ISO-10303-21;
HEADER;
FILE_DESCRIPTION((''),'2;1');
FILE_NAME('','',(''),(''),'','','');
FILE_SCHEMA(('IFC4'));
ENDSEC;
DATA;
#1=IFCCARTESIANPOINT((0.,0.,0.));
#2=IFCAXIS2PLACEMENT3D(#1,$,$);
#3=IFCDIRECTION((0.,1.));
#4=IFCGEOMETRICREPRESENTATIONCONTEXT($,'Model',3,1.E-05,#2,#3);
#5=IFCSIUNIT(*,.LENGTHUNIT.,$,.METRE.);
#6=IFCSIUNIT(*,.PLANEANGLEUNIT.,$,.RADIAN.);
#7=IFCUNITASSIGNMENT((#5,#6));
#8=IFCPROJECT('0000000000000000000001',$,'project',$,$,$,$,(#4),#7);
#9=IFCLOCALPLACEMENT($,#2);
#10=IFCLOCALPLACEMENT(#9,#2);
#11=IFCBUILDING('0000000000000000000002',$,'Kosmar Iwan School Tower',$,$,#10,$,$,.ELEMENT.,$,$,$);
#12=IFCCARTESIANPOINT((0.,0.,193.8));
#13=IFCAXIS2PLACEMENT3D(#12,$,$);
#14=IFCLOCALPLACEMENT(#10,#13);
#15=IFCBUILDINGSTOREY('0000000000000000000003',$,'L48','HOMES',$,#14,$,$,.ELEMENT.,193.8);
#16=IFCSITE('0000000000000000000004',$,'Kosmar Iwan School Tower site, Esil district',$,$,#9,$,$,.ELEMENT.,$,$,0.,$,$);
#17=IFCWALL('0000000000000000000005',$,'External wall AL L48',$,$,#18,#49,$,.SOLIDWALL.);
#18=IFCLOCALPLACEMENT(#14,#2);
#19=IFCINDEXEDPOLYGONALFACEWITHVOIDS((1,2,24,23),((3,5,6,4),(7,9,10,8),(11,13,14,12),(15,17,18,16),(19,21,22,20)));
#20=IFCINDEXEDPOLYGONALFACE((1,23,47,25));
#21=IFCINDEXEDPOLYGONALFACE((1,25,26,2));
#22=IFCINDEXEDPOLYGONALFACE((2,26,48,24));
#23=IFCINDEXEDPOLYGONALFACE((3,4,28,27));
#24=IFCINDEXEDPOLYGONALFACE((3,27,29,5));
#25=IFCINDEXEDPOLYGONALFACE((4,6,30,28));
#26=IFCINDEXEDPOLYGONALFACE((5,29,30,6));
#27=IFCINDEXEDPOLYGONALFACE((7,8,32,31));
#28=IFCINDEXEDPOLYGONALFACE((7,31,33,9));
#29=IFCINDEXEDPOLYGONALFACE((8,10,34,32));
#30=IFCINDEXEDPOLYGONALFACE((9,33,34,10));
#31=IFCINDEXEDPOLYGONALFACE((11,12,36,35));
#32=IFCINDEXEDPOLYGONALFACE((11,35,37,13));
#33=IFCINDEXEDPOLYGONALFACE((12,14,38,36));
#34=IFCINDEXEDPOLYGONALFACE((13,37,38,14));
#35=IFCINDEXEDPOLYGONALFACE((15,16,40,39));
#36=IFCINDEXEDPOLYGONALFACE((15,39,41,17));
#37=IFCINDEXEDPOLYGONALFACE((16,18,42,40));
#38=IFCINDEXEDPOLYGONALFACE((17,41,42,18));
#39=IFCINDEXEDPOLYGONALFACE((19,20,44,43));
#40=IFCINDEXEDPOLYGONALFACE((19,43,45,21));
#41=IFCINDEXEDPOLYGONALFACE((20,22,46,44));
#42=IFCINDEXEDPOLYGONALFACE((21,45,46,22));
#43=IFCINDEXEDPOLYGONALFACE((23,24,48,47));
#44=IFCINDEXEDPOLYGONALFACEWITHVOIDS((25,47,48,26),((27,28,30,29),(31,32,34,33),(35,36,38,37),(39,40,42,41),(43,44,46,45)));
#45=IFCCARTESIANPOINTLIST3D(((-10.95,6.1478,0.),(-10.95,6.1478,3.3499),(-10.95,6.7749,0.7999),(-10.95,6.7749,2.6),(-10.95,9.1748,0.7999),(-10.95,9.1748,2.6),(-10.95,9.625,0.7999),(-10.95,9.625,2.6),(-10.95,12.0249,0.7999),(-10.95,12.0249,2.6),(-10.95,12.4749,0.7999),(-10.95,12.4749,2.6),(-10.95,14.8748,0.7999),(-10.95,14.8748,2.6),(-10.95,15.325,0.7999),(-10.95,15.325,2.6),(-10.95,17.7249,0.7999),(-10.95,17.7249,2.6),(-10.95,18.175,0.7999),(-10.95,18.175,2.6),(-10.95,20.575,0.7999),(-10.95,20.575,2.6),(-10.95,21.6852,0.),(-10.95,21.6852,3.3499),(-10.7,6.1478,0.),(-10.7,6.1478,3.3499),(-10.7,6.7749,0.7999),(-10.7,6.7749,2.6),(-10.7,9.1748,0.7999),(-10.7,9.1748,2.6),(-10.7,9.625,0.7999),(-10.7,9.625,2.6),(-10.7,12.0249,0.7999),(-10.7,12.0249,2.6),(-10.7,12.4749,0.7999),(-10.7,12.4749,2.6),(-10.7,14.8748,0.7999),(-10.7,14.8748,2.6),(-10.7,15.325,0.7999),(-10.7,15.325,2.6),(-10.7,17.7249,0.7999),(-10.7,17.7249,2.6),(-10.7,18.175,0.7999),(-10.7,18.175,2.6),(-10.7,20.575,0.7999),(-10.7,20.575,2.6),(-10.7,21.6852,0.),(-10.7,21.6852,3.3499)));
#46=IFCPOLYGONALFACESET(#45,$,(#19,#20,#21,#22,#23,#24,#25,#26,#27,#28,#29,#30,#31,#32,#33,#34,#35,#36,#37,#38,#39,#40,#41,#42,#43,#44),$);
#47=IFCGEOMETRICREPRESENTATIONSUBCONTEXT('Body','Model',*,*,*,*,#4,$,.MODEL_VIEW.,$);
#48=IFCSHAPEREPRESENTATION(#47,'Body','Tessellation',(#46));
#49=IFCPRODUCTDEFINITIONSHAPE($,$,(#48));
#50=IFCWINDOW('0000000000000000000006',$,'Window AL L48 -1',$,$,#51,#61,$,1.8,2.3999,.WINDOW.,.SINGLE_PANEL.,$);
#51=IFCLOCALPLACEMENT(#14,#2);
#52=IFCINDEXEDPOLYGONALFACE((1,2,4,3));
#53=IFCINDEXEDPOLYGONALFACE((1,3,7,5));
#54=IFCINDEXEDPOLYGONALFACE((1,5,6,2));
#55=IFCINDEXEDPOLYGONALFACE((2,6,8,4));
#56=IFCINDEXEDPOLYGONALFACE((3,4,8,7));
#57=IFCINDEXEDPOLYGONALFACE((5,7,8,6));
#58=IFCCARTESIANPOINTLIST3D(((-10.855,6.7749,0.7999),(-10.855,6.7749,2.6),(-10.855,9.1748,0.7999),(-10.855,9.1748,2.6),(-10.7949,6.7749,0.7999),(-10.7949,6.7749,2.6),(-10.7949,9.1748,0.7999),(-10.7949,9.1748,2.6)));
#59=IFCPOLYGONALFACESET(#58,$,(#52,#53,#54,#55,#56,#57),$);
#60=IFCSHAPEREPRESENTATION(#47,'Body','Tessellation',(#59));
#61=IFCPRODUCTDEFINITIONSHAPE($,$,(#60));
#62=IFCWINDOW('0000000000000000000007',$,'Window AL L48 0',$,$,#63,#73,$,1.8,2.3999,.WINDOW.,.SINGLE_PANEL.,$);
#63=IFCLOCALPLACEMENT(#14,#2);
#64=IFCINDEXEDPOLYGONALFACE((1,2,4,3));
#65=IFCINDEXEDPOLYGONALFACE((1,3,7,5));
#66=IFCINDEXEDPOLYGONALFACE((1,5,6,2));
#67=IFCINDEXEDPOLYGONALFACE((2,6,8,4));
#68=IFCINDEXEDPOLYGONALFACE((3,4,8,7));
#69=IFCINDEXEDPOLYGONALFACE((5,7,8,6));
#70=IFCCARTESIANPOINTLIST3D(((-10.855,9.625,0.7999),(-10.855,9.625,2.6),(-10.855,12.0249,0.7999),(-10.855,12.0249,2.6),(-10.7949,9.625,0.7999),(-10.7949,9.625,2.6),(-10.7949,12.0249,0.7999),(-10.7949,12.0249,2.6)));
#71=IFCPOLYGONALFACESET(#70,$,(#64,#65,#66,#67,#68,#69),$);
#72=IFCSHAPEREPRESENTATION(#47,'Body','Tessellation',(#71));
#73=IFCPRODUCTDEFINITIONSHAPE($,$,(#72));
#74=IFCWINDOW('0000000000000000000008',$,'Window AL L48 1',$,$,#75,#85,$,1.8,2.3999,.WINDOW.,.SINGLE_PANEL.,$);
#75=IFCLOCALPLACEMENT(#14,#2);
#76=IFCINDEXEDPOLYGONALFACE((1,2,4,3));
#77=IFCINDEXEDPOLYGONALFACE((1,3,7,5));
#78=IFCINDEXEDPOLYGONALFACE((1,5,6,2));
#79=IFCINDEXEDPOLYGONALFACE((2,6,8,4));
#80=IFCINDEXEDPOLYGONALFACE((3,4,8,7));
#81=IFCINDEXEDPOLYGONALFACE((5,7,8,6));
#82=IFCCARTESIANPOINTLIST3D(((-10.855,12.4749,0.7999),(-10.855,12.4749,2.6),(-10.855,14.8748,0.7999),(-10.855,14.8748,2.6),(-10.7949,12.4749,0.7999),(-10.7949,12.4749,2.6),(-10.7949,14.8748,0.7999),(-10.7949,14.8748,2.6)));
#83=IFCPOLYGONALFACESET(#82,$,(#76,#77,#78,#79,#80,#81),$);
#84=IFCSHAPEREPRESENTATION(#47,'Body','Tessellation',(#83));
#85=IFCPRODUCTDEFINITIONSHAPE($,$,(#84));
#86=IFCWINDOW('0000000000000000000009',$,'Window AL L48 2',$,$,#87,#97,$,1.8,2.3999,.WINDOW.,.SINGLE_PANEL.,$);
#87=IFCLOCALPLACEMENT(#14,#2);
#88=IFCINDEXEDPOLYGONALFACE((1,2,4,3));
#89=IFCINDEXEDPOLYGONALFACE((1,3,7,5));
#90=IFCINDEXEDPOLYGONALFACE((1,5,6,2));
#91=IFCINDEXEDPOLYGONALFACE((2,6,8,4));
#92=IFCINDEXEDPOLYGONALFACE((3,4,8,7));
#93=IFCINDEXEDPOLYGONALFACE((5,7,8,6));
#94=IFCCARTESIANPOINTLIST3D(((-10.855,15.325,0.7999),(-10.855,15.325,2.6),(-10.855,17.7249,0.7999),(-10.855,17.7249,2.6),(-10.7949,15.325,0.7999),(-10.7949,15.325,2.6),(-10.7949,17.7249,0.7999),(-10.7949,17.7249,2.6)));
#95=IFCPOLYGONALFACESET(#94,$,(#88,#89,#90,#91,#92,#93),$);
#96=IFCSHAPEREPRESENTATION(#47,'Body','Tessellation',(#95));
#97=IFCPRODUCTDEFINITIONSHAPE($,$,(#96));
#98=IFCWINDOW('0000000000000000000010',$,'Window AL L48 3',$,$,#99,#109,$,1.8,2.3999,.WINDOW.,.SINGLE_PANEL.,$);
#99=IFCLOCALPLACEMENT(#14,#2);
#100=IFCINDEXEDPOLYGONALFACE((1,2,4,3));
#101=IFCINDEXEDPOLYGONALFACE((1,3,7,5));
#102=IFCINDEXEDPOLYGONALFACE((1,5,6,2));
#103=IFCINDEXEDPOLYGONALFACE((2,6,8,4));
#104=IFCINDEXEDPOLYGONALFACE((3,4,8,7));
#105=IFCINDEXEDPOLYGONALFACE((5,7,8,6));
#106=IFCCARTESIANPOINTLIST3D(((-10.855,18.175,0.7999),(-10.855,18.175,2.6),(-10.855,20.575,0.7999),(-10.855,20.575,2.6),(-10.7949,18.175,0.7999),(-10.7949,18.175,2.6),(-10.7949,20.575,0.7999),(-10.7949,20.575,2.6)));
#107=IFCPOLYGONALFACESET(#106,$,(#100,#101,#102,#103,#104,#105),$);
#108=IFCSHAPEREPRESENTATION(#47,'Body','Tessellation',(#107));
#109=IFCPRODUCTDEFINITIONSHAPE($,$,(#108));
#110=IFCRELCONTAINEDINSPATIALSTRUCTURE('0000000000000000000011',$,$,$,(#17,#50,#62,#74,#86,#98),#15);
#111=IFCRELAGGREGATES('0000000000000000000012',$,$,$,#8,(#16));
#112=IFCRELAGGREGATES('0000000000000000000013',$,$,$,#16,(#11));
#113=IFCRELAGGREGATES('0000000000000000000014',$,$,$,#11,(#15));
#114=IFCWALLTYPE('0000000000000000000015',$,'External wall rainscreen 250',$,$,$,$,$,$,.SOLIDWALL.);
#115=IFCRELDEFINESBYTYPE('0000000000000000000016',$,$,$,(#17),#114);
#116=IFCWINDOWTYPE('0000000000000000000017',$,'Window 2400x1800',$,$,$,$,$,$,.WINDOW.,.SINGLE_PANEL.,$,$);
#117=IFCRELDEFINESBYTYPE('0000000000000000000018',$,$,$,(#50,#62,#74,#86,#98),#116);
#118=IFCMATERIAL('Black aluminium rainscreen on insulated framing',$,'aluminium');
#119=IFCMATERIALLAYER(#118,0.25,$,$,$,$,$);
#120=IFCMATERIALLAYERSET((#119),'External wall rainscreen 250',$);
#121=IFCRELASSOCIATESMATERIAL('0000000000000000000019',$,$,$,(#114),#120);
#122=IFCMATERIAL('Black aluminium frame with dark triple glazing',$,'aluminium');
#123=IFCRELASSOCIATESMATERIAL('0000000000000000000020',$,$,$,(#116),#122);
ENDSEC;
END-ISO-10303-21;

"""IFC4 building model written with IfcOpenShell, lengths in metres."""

from ifc_helpers import new_model, si_unit, direction, frame, frame_2d, origin, place, context, subcontext, project, spatial, rectangle, extrude, material, layer, layer_set, type_object, element, fill, save


model = new_model("IFC4")

# Units and contexts
model_context = context("Model", 3, precision=1e-05, world=origin(), true_north=direction((0.0, 1.0)))
body_context = subcontext(model_context, "Body", "Model", "MODEL_VIEW")
ifc_project = project(units=[si_unit("LENGTHUNIT", "METRE"), si_unit("PLANEANGLEUNIT", "RADIAN")], contexts=[model_context])

# Site, building, storey
site_placement = place(None, origin())
site = spatial("IfcSite", under=ifc_project, at=site_placement, Name="Kosmar Iwan School Tower site, Esil district", CompositionType="ELEMENT", RefElevation=0.0)
building_placement = place(site_placement, origin())
building = spatial("IfcBuilding", under=site, at=building_placement, Name="Kosmar Iwan School Tower", CompositionType="ELEMENT")
storey_placement = place(building_placement, frame((0.0, 0.0, 193.8)))
storey = spatial("IfcBuildingStorey", under=building, at=storey_placement, Name="L48", Description="HOMES", CompositionType="ELEMENT", Elevation=193.8)

# Wall, openings, windows
ifc_material_1 = material(Name="Black aluminium rainscreen on insulated framing", Category="aluminium")
ifc_layer_1 = layer(ifc_material_1, 0.25)
ifc_layer_set_1 = layer_set([ifc_layer_1], Name="External wall rainscreen 250")
wall_type_1 = type_object("IfcWallType", Name="External wall rainscreen 250", PredefinedType="SOLIDWALL", material=ifc_layer_set_1)
wall_1_placement = place(storey_placement, frame((-10.825, 6.1479, 0.0), z_axis=(0.0, 0.0, 1.0), x_axis=(0.0, 1.0, 0.0)))
wall_1 = element("IfcWall", 1, at=wall_1_placement, inside=storey, type_object=wall_type_1, Name="External wall AL L48", PredefinedType="SOLIDWALL", context=body_context, shape_type="SweptSolid", body=[
    extrude(rectangle(XDim=15.5374, YDim=0.25, at=frame_2d((7.7686, 0.0))), origin(), (0.0, 0.0, 1.0), 3.3499),
])
opening_1_placement = place(wall_1_placement, frame((0.627, 0.0, 0.8)))
opening_1 = element("IfcOpeningElement", 2, at=opening_1_placement, cuts=wall_1, PredefinedType="OPENING", context=body_context, shape_type="SweptSolid", body=[
    extrude(rectangle(XDim=2.3999, YDim=1.8, at=frame_2d((1.2, 0.8999))), frame((0.0, 0.137, 0.0), z_axis=(0.0, -1.0, 0.0), x_axis=(1.0, 0.0, 0.0)), (0.0, 0.0, 1.0), 0.2739),
])
opening_2_placement = place(wall_1_placement, frame((3.4771, 0.0, 0.8)))
opening_2 = element("IfcOpeningElement", 3, at=opening_2_placement, cuts=wall_1, PredefinedType="OPENING", context=body_context, shape_type="SweptSolid", body=[
    extrude(rectangle(XDim=2.3999, YDim=1.8, at=frame_2d((1.2, 0.8999))), frame((0.0, 0.137, 0.0), z_axis=(0.0, -1.0, 0.0), x_axis=(1.0, 0.0, 0.0)), (0.0, 0.0, 1.0), 0.2739),
])
opening_3_placement = place(wall_1_placement, frame((6.3269, 0.0, 0.8)))
opening_3 = element("IfcOpeningElement", 4, at=opening_3_placement, cuts=wall_1, PredefinedType="OPENING", context=body_context, shape_type="SweptSolid", body=[
    extrude(rectangle(XDim=2.3999, YDim=1.8, at=frame_2d((1.2, 0.8999))), frame((0.0, 0.137, 0.0), z_axis=(0.0, -1.0, 0.0), x_axis=(1.0, 0.0, 0.0)), (0.0, 0.0, 1.0), 0.2739),
])
opening_4_placement = place(wall_1_placement, frame((9.177, 0.0, 0.8)))
opening_4 = element("IfcOpeningElement", 5, at=opening_4_placement, cuts=wall_1, PredefinedType="OPENING", context=body_context, shape_type="SweptSolid", body=[
    extrude(rectangle(XDim=2.3999, YDim=1.8, at=frame_2d((1.2, 0.8999))), frame((0.0, 0.137, 0.0), z_axis=(0.0, -1.0, 0.0), x_axis=(1.0, 0.0, 0.0)), (0.0, 0.0, 1.0), 0.2739),
])
opening_5_placement = place(wall_1_placement, frame((12.0271, 0.0, 0.8)))
opening_5 = element("IfcOpeningElement", 6, at=opening_5_placement, cuts=wall_1, PredefinedType="OPENING", context=body_context, shape_type="SweptSolid", body=[
    extrude(rectangle(XDim=2.3999, YDim=1.8, at=frame_2d((1.2, 0.8999))), frame((0.0, 0.137, 0.0), z_axis=(0.0, -1.0, 0.0), x_axis=(1.0, 0.0, 0.0)), (0.0, 0.0, 1.0), 0.2739),
])
ifc_material_2 = material(Name="Black aluminium frame with dark triple glazing", Category="aluminium")
window_type = type_object("IfcWindowType", Name="Window 2400x1800", PartitioningType="SINGLE_PANEL", PredefinedType="WINDOW", material=ifc_material_2)
window_1_placement = place(opening_1_placement, origin())
window_1 = element("IfcWindow", 7, at=window_1_placement, inside=storey, type_object=window_type, Name="Window AL L48 -1", OverallHeight=1.8, OverallWidth=2.3999, PartitioningType="SINGLE_PANEL", PredefinedType="WINDOW", context=body_context, shape_type="SweptSolid", body=[
    extrude(rectangle(XDim=2.3999, YDim=1.8, at=frame_2d((1.2, 0.8999))), frame((0.0, 0.03, 0.0), z_axis=(0.0, -1.0, 0.0), x_axis=(1.0, 0.0, 0.0)), (0.0, 0.0, 1.0), 0.0601),
])
fill(opening_1, window_1)
window_2_placement = place(opening_2_placement, origin())
window_2 = element("IfcWindow", 8, at=window_2_placement, inside=storey, type_object=window_type, Name="Window AL L48 0", OverallHeight=1.8, OverallWidth=2.3999, PartitioningType="SINGLE_PANEL", PredefinedType="WINDOW", context=body_context, shape_type="SweptSolid", body=[
    extrude(rectangle(XDim=2.3999, YDim=1.8, at=frame_2d((1.2, 0.8999))), frame((0.0, 0.03, 0.0), z_axis=(0.0, -1.0, 0.0), x_axis=(1.0, 0.0, 0.0)), (0.0, 0.0, 1.0), 0.0601),
])
fill(opening_2, window_2)
window_3_placement = place(opening_3_placement, origin())
window_3 = element("IfcWindow", 9, at=window_3_placement, inside=storey, type_object=window_type, Name="Window AL L48 1", OverallHeight=1.8, OverallWidth=2.3999, PartitioningType="SINGLE_PANEL", PredefinedType="WINDOW", context=body_context, shape_type="SweptSolid", body=[
    extrude(rectangle(XDim=2.3999, YDim=1.8, at=frame_2d((1.2, 0.8999))), frame((0.0, 0.03, 0.0), z_axis=(0.0, -1.0, 0.0), x_axis=(1.0, 0.0, 0.0)), (0.0, 0.0, 1.0), 0.0601),
])
fill(opening_3, window_3)
window_4_placement = place(opening_4_placement, origin())
window_4 = element("IfcWindow", 10, at=window_4_placement, inside=storey, type_object=window_type, Name="Window AL L48 2", OverallHeight=1.8, OverallWidth=2.3999, PartitioningType="SINGLE_PANEL", PredefinedType="WINDOW", context=body_context, shape_type="SweptSolid", body=[
    extrude(rectangle(XDim=2.3999, YDim=1.8, at=frame_2d((1.2, 0.8999))), frame((0.0, 0.03, 0.0), z_axis=(0.0, -1.0, 0.0), x_axis=(1.0, 0.0, 0.0)), (0.0, 0.0, 1.0), 0.0601),
])
fill(opening_4, window_4)
window_5_placement = place(opening_5_placement, origin())
window_5 = element("IfcWindow", 11, at=window_5_placement, inside=storey, type_object=window_type, Name="Window AL L48 3", OverallHeight=1.8, OverallWidth=2.3999, PartitioningType="SINGLE_PANEL", PredefinedType="WINDOW", context=body_context, shape_type="SweptSolid", body=[
    extrude(rectangle(XDim=2.3999, YDim=1.8, at=frame_2d((1.2, 0.8999))), frame((0.0, 0.03, 0.0), z_axis=(0.0, -1.0, 0.0), x_axis=(1.0, 0.0, 0.0)), (0.0, 0.0, 1.0), 0.0601),
])
fill(opening_5, window_5)

save(model, "model.ifc")
